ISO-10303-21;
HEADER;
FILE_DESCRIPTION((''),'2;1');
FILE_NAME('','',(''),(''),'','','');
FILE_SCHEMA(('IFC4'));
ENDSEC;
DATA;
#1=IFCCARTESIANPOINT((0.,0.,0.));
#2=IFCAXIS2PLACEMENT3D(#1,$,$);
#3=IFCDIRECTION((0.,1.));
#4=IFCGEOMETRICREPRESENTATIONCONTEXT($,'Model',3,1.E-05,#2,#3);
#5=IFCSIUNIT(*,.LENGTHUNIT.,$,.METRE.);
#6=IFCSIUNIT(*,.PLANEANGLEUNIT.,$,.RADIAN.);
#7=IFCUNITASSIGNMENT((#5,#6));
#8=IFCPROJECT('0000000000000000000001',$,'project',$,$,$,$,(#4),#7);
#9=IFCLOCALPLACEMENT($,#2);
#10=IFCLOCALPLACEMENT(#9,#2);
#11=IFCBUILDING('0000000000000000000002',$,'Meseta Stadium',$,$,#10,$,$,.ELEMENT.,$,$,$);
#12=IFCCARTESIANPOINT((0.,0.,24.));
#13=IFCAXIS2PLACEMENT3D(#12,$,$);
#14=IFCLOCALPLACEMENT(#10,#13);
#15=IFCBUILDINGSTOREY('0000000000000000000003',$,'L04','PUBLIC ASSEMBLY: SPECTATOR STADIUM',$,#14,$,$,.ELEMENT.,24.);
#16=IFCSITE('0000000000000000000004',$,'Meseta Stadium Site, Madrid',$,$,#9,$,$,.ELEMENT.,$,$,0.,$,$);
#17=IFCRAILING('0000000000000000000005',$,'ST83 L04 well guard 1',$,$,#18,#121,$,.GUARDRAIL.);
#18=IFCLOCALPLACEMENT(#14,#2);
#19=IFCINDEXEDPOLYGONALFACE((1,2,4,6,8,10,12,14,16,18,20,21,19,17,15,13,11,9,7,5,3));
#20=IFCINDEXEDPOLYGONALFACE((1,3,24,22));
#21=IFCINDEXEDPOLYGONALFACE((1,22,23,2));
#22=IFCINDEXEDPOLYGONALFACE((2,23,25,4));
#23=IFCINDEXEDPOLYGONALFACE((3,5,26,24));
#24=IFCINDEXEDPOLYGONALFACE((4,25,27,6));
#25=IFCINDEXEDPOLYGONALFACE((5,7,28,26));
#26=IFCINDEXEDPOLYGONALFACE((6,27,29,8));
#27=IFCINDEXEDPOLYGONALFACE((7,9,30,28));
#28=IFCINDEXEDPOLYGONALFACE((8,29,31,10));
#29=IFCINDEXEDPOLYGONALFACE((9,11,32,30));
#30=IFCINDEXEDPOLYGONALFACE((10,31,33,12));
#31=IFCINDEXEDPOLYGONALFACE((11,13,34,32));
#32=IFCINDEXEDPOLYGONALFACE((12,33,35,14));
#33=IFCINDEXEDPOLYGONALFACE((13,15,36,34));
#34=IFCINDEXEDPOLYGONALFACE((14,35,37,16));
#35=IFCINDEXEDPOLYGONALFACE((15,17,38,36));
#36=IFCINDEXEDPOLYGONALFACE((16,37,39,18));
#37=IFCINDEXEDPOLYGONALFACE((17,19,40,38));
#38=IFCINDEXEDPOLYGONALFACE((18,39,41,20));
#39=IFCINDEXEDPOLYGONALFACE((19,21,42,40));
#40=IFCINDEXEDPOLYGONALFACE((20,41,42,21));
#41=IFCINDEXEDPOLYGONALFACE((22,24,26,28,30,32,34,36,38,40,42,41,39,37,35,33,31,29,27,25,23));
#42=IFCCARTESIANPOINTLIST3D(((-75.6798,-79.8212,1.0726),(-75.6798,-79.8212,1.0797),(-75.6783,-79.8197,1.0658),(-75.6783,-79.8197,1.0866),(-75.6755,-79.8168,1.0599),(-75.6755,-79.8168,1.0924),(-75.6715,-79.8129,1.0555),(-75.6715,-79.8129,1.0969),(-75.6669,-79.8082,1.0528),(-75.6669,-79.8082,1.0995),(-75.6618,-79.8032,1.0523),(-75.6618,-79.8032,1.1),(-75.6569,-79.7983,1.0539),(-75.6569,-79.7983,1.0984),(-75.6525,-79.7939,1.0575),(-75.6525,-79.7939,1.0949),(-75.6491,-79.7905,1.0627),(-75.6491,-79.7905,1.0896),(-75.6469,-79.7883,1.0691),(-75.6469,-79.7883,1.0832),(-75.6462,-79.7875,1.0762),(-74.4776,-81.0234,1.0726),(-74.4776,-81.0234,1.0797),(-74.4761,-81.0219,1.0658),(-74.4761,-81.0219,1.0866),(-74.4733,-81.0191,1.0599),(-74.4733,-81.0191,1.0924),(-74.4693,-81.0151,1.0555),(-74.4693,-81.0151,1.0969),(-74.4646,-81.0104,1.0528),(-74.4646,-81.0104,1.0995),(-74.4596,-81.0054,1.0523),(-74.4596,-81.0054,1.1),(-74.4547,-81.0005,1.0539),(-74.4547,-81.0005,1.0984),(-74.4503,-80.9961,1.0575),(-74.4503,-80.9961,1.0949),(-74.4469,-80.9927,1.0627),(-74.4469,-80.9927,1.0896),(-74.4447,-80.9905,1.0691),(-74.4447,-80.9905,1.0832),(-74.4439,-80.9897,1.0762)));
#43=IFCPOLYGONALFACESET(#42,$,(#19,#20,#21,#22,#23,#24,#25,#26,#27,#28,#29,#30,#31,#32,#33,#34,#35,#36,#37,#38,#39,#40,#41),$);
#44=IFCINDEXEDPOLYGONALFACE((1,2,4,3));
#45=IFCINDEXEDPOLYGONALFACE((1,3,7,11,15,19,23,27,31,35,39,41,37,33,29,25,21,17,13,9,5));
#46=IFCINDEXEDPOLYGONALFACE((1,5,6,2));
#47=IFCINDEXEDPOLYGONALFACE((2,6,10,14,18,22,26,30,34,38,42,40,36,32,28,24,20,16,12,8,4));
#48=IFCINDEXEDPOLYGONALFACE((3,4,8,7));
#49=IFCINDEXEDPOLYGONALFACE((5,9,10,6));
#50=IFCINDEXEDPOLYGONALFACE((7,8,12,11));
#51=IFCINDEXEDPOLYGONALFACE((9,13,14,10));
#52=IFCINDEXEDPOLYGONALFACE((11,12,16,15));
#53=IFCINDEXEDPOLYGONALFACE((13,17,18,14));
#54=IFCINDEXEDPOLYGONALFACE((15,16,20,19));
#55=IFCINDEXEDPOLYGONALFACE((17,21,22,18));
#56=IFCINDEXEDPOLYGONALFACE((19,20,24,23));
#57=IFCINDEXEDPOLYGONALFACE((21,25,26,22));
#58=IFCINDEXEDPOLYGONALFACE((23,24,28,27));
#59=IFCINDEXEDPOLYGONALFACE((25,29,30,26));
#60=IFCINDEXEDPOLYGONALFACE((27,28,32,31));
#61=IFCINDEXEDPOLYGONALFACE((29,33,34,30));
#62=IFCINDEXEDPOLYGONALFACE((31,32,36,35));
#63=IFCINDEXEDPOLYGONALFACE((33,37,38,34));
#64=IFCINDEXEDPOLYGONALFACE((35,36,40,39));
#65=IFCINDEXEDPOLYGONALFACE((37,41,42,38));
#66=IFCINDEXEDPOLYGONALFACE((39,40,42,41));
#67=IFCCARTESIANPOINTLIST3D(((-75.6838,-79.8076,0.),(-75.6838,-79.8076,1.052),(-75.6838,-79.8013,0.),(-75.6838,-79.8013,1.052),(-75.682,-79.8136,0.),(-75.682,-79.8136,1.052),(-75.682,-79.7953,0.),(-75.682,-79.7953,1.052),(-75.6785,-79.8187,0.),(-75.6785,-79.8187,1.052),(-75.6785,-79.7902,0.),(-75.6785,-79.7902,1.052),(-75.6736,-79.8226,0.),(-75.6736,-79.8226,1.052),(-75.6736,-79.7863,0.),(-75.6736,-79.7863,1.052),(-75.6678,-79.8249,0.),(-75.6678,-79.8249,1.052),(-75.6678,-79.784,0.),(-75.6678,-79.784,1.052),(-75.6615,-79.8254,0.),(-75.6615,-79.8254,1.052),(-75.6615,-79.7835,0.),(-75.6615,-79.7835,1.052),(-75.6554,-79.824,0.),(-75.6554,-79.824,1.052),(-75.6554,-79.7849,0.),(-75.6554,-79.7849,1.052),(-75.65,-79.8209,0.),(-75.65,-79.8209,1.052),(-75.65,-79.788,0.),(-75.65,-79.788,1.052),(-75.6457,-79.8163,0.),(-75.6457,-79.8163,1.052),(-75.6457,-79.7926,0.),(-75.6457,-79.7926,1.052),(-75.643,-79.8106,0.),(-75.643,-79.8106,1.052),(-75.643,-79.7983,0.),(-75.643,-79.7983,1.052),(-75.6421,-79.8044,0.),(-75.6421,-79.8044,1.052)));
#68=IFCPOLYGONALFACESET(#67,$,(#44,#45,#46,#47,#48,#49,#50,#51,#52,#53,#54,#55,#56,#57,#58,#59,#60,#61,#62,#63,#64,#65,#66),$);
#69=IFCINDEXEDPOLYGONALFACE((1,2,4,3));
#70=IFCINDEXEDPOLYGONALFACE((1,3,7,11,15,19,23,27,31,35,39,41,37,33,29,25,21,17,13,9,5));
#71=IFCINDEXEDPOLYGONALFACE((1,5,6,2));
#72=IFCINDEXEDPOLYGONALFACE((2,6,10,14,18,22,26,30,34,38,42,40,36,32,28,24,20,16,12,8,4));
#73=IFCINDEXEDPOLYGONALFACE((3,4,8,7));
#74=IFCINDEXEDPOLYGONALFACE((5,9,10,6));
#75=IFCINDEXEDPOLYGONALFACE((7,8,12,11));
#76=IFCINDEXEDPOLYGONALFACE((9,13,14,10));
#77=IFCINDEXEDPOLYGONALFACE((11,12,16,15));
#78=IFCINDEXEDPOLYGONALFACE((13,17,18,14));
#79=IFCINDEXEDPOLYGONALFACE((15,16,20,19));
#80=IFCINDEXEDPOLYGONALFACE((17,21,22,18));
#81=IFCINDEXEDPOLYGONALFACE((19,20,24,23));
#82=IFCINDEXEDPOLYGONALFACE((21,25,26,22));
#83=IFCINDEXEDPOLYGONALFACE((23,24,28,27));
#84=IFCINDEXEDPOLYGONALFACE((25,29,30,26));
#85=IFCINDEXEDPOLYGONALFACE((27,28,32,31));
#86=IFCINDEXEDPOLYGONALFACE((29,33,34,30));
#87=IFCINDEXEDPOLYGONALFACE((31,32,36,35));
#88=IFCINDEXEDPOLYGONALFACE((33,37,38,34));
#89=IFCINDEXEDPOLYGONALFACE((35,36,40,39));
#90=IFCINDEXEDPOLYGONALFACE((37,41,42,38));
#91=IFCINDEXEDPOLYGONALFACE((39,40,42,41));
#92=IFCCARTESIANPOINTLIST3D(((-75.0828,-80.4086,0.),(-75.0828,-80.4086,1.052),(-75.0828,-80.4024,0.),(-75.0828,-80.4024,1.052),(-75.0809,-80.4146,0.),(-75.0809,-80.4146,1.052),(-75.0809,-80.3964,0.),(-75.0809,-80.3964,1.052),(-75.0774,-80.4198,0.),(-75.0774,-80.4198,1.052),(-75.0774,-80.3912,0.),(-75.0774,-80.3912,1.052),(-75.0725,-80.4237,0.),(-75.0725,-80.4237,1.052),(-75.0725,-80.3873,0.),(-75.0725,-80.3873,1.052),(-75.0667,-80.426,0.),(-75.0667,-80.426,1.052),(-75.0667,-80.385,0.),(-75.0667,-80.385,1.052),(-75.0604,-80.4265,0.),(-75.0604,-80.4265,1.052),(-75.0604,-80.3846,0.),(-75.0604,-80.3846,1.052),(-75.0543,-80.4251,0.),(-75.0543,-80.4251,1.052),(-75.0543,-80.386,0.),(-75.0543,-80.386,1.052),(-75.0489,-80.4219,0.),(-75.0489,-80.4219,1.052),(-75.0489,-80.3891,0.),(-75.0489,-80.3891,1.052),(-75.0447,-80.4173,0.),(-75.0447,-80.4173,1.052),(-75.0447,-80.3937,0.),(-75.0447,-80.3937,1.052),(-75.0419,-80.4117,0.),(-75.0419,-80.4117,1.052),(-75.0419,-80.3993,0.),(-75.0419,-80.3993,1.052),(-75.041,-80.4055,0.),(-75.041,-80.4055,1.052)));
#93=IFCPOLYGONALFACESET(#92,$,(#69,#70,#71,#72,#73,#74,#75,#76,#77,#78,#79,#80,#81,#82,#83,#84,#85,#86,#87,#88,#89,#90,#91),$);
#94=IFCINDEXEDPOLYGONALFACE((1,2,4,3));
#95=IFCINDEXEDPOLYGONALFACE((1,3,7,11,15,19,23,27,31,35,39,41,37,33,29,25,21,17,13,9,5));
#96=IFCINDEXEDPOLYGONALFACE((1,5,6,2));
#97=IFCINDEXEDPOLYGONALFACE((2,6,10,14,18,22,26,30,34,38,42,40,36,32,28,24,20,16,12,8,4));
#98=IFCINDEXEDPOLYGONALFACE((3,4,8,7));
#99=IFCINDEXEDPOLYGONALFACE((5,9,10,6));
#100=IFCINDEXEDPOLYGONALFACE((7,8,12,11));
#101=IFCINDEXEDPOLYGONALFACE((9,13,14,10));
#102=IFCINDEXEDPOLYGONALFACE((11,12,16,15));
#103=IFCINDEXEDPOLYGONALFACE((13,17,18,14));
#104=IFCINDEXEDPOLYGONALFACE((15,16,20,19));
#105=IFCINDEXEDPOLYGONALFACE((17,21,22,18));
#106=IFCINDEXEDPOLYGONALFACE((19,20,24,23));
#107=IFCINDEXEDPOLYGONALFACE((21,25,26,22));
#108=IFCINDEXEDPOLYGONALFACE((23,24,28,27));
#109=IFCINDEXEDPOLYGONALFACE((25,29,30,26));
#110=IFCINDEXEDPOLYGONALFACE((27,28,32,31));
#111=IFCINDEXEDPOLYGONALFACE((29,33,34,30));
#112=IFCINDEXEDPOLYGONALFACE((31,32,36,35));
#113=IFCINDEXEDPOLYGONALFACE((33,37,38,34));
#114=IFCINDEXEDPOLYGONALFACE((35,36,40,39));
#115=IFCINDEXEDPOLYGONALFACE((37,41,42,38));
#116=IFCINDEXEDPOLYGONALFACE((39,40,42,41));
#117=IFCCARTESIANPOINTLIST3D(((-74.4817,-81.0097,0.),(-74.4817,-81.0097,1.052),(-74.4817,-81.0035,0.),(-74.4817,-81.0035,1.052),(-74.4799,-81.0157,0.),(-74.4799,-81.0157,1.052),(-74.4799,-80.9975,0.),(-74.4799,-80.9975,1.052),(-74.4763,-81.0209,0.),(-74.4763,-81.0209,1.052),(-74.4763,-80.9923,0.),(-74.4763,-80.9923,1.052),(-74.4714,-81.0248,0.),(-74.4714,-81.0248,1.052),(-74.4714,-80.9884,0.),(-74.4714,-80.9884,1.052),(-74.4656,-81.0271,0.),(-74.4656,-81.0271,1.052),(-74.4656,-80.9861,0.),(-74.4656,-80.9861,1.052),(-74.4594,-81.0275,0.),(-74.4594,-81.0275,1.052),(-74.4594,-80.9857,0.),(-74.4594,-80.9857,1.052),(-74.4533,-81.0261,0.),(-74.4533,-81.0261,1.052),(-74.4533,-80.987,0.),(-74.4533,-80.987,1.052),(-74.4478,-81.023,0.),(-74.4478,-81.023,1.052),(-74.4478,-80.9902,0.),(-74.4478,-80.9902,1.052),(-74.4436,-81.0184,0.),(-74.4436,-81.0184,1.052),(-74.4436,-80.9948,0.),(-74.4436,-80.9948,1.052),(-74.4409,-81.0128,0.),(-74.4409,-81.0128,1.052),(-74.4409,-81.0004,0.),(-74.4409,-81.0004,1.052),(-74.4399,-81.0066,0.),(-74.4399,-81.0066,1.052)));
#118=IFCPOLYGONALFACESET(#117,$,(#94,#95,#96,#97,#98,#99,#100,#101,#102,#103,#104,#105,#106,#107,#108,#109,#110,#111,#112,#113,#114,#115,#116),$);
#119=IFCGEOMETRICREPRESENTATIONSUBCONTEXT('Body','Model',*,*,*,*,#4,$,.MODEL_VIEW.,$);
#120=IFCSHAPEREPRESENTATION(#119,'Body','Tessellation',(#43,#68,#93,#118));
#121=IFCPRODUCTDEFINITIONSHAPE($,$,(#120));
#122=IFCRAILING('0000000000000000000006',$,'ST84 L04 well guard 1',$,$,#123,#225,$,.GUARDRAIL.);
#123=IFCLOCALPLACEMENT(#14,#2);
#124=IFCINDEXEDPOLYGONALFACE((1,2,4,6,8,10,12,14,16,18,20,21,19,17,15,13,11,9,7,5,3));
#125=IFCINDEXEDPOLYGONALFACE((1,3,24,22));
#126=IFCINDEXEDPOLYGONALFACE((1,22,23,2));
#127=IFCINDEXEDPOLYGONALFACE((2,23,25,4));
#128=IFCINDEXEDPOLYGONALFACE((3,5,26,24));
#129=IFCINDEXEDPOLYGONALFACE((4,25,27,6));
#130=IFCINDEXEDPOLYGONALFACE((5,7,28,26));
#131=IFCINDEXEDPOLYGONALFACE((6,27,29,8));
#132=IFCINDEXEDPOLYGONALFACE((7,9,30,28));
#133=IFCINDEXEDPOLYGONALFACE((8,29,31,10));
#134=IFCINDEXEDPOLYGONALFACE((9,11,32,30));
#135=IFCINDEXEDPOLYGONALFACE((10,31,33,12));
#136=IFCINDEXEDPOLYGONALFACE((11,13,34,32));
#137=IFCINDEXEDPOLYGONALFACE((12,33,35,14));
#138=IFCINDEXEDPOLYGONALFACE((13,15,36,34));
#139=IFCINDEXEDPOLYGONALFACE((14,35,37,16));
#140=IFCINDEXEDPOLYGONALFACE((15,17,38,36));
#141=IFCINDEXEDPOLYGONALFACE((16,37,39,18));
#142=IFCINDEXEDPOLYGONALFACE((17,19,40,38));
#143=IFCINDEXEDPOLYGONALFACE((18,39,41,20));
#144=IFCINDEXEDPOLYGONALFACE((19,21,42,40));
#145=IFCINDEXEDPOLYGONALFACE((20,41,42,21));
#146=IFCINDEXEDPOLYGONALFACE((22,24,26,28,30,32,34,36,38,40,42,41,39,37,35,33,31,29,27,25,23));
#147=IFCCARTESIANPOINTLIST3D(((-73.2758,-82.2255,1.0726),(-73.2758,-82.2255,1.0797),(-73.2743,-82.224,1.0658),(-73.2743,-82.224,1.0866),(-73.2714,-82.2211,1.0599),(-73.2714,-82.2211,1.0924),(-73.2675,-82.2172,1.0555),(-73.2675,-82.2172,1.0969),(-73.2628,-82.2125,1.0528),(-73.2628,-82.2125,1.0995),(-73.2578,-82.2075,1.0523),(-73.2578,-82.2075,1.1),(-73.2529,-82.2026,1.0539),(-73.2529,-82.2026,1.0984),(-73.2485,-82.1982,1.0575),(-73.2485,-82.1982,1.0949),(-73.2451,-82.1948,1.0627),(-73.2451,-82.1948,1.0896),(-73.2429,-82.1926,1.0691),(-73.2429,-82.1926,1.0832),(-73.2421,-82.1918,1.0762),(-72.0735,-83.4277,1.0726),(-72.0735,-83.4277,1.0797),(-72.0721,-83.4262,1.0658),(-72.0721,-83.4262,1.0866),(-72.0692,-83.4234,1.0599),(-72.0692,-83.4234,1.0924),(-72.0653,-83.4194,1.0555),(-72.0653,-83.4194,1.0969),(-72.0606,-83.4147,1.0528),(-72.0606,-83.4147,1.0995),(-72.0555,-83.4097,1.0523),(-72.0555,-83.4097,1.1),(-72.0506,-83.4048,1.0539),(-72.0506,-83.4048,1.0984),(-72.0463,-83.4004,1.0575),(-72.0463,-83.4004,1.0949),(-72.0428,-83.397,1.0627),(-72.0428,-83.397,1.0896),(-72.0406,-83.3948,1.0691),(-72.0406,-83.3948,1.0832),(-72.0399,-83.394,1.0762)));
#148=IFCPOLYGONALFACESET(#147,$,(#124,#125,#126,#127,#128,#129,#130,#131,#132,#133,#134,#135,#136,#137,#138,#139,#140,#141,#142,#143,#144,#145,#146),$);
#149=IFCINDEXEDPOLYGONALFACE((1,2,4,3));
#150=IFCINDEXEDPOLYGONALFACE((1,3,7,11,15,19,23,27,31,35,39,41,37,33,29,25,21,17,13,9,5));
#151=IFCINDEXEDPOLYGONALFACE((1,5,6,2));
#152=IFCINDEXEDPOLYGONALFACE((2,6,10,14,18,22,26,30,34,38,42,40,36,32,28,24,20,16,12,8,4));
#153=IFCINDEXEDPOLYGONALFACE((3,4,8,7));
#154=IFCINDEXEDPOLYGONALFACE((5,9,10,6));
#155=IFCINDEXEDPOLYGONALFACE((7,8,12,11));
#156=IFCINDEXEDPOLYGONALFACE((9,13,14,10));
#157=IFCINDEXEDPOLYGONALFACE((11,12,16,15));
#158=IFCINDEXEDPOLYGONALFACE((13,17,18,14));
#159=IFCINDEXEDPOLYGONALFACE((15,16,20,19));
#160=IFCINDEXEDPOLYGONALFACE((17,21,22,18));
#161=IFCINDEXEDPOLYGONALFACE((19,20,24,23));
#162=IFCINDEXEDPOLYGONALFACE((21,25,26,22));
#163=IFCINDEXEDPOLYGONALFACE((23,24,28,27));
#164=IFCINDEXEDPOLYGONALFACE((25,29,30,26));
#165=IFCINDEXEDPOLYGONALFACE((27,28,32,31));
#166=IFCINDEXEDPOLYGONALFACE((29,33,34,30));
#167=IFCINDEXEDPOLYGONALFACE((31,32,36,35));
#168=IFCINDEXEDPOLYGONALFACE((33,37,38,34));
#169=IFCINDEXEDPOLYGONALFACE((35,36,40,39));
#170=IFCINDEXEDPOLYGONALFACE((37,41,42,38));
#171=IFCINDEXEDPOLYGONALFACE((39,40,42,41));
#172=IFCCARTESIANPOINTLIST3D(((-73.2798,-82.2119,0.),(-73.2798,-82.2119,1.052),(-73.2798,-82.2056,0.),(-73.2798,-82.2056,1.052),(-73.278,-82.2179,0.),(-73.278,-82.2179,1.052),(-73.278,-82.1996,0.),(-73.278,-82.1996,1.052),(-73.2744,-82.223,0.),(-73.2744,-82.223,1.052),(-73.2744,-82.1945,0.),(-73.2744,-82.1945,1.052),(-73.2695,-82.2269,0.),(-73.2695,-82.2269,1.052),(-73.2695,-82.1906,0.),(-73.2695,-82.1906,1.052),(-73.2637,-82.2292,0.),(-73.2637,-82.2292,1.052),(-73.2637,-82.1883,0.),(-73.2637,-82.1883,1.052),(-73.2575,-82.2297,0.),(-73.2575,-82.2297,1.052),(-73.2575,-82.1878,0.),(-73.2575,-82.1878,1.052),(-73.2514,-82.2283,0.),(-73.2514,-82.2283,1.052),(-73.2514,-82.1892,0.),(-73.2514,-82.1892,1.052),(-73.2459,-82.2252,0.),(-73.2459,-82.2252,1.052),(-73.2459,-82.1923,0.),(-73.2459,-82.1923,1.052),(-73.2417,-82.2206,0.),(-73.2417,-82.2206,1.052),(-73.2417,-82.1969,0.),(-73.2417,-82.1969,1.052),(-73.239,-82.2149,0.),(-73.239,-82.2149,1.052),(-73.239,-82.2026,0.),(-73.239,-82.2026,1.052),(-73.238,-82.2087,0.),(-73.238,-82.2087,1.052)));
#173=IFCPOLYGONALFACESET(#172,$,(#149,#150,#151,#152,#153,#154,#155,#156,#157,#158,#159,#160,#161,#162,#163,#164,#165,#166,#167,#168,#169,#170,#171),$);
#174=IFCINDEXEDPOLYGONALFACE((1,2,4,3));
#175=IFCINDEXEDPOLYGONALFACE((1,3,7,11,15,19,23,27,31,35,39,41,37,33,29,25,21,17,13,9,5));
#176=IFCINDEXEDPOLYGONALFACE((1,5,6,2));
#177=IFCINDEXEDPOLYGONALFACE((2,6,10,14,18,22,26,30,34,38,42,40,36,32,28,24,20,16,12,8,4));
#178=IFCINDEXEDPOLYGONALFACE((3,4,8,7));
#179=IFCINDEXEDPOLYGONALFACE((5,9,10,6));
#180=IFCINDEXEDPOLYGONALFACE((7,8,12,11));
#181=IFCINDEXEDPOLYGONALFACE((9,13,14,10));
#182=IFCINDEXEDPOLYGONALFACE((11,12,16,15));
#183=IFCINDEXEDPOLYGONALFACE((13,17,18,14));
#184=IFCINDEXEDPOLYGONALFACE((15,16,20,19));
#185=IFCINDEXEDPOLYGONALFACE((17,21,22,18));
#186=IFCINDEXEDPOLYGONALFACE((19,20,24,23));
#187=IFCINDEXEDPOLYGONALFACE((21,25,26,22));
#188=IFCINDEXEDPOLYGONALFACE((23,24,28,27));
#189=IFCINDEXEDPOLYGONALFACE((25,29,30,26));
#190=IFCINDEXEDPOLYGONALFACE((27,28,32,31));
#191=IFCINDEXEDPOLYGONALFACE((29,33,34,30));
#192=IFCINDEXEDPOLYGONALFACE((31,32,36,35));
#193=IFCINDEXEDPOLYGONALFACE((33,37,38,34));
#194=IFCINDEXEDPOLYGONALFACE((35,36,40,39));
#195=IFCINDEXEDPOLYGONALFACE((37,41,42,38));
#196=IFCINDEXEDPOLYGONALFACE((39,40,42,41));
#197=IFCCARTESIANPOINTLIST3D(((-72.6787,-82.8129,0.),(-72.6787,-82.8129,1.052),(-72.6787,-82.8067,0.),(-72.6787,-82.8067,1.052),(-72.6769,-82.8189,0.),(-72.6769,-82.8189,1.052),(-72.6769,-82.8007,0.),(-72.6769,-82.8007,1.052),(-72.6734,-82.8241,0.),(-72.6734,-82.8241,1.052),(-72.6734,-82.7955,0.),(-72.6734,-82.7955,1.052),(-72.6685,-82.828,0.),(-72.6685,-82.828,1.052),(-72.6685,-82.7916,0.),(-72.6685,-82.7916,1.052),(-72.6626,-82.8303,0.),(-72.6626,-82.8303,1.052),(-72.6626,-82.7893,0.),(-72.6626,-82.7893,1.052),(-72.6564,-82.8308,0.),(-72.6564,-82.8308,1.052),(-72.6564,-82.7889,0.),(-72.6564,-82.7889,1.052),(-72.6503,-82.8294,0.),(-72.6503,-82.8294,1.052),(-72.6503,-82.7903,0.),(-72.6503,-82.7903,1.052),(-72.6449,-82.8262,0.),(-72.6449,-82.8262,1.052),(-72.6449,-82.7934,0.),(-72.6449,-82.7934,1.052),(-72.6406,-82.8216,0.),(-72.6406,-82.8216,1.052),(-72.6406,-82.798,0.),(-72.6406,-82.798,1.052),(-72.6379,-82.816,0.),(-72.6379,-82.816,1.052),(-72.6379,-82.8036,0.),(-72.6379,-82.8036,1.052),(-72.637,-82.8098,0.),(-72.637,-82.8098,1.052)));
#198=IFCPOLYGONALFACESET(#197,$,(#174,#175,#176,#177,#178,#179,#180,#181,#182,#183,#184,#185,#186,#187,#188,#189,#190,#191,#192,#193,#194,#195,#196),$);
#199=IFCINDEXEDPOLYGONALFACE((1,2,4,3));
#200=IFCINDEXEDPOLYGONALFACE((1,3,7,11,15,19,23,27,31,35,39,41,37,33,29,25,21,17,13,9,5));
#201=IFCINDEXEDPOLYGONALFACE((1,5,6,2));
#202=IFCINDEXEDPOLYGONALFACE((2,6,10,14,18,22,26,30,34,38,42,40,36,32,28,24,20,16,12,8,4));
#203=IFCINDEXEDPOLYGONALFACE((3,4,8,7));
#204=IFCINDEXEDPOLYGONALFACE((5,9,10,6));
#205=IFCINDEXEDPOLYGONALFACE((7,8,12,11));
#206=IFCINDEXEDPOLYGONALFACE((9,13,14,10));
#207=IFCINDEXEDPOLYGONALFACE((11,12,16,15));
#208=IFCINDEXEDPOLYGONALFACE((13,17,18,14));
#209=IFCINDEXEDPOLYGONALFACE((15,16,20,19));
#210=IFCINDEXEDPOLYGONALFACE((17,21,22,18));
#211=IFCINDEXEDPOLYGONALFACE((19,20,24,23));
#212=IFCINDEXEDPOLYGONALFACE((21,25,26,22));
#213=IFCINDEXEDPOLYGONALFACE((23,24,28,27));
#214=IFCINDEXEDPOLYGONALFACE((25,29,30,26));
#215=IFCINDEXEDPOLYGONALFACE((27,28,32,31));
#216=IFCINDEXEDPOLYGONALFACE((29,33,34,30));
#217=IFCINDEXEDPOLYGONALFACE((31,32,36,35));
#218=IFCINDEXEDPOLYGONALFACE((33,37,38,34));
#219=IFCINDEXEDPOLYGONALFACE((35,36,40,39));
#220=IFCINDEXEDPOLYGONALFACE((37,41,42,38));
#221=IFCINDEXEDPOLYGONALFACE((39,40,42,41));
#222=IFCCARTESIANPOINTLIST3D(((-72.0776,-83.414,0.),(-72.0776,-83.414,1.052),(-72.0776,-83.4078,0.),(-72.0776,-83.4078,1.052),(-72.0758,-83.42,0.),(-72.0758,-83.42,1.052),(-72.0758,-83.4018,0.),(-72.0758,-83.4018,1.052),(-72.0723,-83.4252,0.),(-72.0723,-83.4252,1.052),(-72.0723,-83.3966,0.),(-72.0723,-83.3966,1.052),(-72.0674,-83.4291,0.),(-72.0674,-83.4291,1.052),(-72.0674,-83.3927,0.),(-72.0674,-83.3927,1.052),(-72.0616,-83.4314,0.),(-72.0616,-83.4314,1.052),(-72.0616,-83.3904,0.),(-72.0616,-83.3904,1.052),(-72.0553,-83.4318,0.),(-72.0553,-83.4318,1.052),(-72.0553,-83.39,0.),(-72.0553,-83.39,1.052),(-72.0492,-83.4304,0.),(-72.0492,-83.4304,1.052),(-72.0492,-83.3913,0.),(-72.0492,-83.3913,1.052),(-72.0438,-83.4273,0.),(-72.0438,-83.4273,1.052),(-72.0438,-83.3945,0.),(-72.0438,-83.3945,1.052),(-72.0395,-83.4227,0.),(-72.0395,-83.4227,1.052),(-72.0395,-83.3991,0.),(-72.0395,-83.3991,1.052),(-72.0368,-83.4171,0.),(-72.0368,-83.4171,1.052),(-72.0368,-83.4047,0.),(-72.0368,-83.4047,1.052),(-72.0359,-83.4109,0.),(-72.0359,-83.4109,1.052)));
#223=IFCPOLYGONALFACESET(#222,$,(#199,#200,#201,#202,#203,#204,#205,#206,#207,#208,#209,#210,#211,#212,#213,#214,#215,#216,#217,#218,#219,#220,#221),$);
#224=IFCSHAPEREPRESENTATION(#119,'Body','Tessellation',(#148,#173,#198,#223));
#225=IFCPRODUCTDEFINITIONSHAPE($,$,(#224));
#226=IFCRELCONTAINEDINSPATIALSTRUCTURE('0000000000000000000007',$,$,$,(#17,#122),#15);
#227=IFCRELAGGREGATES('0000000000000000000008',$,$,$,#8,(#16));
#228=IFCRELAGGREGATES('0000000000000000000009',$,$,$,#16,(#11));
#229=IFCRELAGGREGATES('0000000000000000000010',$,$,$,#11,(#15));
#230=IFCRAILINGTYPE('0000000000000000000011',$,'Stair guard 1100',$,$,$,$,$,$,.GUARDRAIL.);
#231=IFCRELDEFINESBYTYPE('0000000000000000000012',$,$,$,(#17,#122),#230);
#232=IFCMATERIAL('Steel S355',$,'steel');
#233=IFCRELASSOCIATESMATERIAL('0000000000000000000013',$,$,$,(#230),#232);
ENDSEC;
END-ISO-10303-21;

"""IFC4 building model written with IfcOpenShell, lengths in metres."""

from ifc_helpers import new_model, si_unit, direction, frame, origin, origin_2d, place, context, subcontext, project, spatial, circle, extrude, material, type_object, element, save


model = new_model("IFC4")

# Units and contexts
model_context = context("Model", 3, precision=1e-05, world=origin(), true_north=direction((0.0, 1.0)))
body_context = subcontext(model_context, "Body", "Model", "MODEL_VIEW")
ifc_project = project(units=[si_unit("LENGTHUNIT", "METRE"), si_unit("PLANEANGLEUNIT", "RADIAN")], contexts=[model_context])

# Site, building, storey
site_placement = place(None, origin())
site = spatial("IfcSite", under=ifc_project, at=site_placement, Name="Meseta Stadium Site, Madrid", CompositionType="ELEMENT", RefElevation=0.0)
building_placement = place(site_placement, origin())
building = spatial("IfcBuilding", under=site, at=building_placement, Name="Meseta Stadium", CompositionType="ELEMENT")
storey_placement = place(building_placement, frame((0.0, 0.0, 24.0)))
storey = spatial("IfcBuildingStorey", under=building, at=storey_placement, Name="L04", Description="PUBLIC ASSEMBLY: SPECTATOR STADIUM", CompositionType="ELEMENT", Elevation=24.0)

# Railings
ifc_material_1 = material(Name="Steel S355", Category="steel")
railing_type = type_object("IfcRailingType", Name="Stair guard 1100", PredefinedType="GUARDRAIL", material=ifc_material_1)
for number, where, name in (
    (1, (-75.6631, -79.8044, 0.0), "ST83 L04 well guard 1"),
    (2, (-73.259, -82.2087, 0.0), "ST84 L04 well guard 1"),
):
    element("IfcRailing", number, at=place(storey_placement, frame(where)), inside=storey, type_object=railing_type, Name=name, PredefinedType="GUARDRAIL", context=body_context, shape_type="SweptSolid", body=[
        extrude(circle(Radius=0.0239, at=origin_2d()), frame((0.0, 0.0, 1.0762), z_axis=(0.707107, -0.707107, 0.0), x_axis=(0.707107, 0.707107, 0.0)), (0.0, 0.0, 1.0), 1.7002),
        extrude(circle(Radius=0.021, at=origin_2d()), origin(), (0.0, 0.0, 1.0), 1.052),
        extrude(circle(Radius=0.021, at=origin_2d()), frame((0.6011, -0.6011, 0.0)), (0.0, 0.0, 1.0), 1.052),
        extrude(circle(Radius=0.021, at=origin_2d()), frame((1.2021, -1.2021, 0.0)), (0.0, 0.0, 1.0), 1.052),
    ])

save(model, "model.ifc")
